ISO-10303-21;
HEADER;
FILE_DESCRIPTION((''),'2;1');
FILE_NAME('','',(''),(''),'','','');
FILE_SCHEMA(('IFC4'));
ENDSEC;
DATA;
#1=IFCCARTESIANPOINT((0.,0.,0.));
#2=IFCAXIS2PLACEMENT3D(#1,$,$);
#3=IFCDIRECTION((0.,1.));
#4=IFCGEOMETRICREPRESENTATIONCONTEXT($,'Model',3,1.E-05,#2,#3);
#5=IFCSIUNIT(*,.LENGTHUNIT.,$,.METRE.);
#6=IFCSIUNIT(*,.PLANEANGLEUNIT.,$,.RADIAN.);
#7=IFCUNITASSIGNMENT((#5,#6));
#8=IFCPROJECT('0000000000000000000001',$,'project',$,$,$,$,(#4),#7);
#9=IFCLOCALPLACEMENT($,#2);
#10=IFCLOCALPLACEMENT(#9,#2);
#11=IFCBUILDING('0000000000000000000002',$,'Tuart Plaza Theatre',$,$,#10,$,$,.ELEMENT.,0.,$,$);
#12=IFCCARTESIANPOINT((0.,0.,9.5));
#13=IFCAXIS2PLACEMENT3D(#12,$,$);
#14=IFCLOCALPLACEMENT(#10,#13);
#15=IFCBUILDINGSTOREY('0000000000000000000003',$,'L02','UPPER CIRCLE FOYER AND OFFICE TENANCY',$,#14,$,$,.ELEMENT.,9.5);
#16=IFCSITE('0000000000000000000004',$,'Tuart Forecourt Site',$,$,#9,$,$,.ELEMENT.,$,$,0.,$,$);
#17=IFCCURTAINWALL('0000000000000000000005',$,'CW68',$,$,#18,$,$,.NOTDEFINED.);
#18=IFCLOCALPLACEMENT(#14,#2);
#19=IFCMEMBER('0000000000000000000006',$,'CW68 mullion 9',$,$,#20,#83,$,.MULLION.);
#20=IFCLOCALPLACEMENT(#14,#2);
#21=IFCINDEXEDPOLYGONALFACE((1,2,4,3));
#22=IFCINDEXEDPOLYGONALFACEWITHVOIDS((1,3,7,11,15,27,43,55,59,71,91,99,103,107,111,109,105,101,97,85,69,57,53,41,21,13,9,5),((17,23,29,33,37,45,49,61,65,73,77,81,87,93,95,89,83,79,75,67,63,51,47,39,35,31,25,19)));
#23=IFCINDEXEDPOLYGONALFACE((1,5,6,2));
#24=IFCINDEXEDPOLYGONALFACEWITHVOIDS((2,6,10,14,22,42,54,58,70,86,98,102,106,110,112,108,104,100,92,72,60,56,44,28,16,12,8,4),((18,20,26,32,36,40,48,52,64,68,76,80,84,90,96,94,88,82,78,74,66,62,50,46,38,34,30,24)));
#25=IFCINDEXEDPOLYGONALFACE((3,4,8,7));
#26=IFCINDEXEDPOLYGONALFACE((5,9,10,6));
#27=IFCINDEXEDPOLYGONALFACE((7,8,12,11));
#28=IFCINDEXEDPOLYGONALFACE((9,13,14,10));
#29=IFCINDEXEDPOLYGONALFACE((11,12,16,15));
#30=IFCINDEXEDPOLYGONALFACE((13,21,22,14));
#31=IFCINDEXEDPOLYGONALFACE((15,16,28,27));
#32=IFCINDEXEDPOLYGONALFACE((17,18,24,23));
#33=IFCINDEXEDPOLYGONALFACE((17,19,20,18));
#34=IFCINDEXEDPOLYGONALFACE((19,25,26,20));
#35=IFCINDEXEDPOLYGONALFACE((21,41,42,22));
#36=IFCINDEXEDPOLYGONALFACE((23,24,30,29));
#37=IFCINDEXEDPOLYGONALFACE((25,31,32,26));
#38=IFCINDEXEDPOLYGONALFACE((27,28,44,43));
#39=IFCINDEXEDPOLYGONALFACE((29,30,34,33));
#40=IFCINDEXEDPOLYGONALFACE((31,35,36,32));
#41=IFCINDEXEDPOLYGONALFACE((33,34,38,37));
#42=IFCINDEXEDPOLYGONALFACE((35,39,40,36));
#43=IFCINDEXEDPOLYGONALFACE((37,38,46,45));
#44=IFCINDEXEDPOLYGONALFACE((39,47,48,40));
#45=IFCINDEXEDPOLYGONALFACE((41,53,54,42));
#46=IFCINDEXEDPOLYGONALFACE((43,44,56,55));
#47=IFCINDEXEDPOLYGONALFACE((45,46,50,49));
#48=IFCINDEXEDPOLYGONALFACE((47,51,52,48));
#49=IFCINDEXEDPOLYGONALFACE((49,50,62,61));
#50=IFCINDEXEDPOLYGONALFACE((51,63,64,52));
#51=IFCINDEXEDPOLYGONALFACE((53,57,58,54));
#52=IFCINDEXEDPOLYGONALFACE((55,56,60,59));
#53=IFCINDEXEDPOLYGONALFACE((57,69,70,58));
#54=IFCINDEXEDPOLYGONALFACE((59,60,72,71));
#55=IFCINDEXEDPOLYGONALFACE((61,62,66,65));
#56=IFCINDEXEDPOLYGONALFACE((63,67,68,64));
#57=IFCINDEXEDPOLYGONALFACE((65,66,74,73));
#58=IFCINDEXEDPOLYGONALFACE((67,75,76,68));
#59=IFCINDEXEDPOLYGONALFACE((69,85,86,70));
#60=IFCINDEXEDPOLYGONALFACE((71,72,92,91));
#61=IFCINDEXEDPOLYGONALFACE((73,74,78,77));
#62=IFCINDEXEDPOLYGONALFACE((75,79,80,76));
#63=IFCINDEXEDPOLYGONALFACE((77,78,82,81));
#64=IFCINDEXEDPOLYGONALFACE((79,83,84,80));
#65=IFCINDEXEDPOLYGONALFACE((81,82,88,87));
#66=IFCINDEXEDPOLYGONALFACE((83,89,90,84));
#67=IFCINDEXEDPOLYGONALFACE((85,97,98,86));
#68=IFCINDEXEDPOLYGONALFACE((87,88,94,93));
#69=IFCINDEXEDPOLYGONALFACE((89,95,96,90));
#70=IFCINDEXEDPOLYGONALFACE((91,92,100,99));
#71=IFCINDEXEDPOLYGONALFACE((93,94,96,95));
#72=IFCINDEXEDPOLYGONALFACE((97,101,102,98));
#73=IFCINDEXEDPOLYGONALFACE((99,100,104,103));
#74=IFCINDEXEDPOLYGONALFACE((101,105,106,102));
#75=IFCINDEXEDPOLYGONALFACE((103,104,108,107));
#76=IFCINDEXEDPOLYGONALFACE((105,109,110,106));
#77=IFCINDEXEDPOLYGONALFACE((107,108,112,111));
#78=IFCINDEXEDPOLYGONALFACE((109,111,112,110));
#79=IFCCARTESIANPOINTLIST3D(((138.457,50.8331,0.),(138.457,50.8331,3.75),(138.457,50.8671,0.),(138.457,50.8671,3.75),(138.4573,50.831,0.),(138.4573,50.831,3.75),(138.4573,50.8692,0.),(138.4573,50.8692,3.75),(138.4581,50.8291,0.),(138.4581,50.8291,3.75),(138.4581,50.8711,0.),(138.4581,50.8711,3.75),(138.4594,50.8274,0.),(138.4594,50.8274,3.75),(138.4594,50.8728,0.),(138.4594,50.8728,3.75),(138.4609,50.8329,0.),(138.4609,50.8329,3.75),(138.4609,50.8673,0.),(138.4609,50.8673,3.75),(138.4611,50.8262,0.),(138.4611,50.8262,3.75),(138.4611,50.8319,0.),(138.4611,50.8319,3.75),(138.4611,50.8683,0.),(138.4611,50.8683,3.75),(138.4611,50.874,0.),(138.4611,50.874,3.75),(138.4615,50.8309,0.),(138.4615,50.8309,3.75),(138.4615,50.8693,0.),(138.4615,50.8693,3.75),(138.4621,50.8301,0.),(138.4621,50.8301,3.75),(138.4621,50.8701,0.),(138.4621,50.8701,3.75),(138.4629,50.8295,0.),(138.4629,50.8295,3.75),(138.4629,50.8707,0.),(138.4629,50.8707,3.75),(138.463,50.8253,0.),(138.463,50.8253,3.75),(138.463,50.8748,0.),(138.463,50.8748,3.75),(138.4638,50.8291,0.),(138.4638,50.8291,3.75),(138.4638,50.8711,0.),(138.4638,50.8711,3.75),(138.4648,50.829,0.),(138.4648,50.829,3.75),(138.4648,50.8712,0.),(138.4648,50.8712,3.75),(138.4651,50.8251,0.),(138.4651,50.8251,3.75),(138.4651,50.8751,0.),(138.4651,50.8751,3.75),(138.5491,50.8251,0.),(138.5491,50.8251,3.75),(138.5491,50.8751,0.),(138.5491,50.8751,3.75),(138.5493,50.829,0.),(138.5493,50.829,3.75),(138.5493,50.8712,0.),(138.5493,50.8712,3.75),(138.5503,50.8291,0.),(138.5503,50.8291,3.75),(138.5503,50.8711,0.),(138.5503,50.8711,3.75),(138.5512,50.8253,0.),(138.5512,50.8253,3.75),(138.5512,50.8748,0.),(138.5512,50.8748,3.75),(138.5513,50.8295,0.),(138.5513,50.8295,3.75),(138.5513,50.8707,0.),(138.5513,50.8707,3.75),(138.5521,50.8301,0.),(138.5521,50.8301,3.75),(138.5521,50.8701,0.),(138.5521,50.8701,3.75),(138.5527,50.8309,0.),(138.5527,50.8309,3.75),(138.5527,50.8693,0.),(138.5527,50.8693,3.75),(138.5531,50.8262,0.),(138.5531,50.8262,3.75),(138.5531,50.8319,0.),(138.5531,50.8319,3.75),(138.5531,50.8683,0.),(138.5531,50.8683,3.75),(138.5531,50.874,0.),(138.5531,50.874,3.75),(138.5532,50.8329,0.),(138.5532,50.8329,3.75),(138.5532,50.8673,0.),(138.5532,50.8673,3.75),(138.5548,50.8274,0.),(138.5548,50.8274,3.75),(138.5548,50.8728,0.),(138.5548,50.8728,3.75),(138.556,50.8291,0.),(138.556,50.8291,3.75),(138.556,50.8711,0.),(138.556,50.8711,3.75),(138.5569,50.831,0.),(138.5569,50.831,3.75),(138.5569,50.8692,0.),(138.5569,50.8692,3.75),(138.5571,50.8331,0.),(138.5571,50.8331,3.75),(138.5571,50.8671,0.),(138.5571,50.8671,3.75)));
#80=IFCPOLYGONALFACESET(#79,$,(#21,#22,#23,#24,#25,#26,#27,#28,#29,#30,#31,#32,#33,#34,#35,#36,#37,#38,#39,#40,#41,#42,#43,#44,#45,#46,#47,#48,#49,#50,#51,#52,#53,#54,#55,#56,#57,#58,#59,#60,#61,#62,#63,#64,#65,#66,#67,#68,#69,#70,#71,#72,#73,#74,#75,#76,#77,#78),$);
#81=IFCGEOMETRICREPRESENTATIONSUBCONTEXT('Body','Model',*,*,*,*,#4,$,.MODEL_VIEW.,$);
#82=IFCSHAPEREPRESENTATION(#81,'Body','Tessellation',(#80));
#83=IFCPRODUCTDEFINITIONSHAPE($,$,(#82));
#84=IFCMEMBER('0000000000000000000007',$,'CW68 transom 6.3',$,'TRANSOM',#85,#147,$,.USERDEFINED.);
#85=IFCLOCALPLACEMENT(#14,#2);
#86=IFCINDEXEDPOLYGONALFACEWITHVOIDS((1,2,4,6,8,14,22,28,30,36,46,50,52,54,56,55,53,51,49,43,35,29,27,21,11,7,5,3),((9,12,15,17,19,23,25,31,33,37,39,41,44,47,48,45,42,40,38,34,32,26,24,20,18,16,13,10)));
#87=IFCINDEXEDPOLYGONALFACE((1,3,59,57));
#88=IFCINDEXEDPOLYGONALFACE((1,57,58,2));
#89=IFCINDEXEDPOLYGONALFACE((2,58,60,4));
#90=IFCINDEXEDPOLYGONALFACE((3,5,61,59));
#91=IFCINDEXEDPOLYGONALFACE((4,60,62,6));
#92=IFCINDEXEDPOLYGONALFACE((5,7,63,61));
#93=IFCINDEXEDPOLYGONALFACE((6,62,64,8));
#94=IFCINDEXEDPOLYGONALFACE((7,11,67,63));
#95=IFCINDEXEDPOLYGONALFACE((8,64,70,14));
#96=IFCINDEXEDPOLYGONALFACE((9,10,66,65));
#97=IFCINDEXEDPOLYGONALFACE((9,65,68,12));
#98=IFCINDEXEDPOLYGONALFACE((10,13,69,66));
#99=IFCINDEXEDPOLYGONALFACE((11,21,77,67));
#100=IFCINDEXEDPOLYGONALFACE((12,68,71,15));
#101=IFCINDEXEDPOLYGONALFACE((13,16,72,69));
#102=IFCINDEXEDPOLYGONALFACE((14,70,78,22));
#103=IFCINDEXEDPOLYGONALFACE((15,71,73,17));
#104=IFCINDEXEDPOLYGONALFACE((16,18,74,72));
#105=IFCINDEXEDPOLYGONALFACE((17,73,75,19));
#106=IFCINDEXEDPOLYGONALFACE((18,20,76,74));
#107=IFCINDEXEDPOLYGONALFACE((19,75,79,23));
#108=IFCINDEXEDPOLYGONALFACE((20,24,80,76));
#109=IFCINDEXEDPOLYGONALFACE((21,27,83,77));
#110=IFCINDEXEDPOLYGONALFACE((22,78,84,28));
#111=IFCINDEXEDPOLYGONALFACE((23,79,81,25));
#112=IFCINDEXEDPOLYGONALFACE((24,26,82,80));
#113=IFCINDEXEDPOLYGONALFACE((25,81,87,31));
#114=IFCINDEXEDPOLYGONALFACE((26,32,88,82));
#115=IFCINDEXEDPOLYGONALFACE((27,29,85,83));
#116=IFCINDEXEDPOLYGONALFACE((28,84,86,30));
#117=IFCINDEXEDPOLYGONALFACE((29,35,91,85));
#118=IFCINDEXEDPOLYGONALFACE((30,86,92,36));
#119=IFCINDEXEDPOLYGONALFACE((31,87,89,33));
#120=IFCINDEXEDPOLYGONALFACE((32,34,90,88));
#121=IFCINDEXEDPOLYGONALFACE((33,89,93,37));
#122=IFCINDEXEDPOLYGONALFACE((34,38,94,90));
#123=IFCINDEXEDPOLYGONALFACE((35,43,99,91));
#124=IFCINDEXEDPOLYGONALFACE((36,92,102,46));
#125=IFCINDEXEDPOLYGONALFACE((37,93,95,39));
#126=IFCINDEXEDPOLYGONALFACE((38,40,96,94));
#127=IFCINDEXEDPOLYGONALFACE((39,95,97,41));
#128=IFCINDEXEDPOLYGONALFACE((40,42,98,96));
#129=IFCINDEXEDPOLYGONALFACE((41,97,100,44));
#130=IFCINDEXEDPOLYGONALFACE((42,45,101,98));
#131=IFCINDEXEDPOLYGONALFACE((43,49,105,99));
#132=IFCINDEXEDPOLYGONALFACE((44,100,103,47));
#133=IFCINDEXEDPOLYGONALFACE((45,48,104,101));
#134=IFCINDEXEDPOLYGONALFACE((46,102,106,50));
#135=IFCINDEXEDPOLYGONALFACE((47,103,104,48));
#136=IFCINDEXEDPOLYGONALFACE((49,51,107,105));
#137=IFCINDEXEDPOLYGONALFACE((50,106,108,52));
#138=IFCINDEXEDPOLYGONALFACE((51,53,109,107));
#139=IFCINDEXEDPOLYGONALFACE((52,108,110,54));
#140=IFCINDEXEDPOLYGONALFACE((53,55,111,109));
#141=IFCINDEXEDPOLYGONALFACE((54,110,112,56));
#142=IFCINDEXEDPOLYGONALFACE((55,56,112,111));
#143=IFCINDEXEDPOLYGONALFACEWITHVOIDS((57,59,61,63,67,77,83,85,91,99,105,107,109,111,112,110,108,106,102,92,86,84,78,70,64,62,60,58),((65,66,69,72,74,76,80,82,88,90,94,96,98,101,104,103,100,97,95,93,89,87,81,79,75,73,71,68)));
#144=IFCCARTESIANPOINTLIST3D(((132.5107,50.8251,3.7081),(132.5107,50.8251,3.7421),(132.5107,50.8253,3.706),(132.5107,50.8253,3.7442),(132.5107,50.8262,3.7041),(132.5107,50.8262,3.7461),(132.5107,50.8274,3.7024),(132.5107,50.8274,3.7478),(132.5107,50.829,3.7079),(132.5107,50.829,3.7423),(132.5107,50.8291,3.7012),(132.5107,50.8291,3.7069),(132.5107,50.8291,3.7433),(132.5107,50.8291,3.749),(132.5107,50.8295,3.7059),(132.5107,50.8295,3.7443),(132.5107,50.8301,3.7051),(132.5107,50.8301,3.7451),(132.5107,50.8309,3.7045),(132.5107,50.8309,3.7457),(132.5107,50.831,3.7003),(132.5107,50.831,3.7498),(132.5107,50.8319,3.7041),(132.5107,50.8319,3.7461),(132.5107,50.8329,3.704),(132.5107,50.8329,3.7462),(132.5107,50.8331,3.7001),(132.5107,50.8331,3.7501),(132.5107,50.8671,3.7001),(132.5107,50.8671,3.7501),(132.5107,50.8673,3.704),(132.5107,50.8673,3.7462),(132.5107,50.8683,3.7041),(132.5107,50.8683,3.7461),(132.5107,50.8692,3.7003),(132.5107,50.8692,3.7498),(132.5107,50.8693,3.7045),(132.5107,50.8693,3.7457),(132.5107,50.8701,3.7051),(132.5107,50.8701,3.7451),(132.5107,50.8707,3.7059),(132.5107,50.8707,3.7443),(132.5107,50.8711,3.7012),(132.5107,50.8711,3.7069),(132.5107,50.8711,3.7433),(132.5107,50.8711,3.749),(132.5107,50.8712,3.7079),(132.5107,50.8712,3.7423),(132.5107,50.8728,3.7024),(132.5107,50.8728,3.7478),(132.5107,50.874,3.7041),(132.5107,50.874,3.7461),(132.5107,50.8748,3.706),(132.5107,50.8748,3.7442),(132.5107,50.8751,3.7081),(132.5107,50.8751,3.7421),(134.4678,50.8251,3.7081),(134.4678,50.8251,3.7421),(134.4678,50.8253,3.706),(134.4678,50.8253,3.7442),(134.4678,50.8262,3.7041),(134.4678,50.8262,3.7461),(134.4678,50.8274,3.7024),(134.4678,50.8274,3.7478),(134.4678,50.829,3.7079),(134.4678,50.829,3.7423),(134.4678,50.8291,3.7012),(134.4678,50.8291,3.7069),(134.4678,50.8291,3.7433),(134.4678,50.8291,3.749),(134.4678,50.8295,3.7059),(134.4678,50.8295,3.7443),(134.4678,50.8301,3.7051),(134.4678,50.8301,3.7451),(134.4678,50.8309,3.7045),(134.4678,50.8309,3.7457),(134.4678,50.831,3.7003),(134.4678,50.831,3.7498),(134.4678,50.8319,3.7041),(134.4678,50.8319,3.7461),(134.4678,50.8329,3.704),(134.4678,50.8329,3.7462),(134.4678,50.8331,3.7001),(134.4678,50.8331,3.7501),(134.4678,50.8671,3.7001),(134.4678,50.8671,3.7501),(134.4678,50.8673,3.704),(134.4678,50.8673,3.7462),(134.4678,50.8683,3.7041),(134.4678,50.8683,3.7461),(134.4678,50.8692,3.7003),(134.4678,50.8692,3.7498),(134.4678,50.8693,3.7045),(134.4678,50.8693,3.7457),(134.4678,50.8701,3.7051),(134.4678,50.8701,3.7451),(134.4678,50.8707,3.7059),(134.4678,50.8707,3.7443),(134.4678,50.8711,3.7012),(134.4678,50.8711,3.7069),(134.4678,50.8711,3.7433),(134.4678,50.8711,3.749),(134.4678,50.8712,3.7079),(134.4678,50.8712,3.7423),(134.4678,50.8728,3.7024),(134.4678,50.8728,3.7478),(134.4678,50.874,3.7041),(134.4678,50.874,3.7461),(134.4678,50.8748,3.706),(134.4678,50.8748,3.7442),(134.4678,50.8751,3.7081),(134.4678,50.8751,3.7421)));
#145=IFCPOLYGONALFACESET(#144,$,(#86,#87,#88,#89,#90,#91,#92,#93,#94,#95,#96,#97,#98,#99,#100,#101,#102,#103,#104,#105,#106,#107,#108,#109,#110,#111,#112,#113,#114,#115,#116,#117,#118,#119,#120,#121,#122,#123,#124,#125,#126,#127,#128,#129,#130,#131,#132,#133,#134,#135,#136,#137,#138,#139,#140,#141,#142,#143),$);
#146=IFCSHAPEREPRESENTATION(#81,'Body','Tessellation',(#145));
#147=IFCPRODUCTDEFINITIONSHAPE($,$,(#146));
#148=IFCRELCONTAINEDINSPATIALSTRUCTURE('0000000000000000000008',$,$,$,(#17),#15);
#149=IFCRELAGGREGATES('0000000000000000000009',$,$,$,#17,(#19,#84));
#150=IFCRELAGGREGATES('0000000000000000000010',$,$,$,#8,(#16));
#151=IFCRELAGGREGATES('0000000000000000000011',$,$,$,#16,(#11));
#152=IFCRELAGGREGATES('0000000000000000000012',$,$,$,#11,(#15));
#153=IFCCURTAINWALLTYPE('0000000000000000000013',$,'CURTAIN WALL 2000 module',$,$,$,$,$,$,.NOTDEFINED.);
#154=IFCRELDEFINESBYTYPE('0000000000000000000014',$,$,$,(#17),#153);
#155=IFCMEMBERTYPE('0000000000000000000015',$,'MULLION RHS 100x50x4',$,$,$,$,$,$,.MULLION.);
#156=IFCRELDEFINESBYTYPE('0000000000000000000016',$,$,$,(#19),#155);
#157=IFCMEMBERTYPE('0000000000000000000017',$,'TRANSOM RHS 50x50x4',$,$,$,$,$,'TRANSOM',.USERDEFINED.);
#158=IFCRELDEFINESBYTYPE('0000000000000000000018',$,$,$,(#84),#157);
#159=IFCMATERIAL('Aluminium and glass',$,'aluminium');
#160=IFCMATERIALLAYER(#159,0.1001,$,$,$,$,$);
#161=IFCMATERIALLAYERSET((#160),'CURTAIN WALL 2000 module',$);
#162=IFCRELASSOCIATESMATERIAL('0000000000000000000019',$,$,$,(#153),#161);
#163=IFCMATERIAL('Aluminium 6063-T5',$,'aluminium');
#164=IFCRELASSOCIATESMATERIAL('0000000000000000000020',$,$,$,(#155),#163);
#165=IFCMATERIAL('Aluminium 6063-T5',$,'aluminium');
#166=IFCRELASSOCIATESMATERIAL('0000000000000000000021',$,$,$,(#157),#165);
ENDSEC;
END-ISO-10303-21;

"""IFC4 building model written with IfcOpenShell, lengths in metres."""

from ifc_helpers import new_model, si_unit, direction, frame, origin, origin_2d, place, context, subcontext, project, spatial, hollow_rectangle, extrude, material, layer, layer_set, material_profile, profile_set, type_object, element, aggregate, save


model = new_model("IFC4")

# Units and contexts
model_context = context("Model", 3, precision=1e-05, world=origin(), true_north=direction((0.0, 1.0)))
body_context = subcontext(model_context, "Body", "Model", "MODEL_VIEW")
ifc_project = project(units=[si_unit("LENGTHUNIT", "METRE"), si_unit("PLANEANGLEUNIT", "RADIAN")], contexts=[model_context])

# Site, building, storey
site_placement = place(None, origin())
site = spatial("IfcSite", under=ifc_project, at=site_placement, Name="Tuart Forecourt Site", CompositionType="ELEMENT", RefElevation=0.0)
building_placement = place(site_placement, origin())
building = spatial("IfcBuilding", under=site, at=building_placement, Name="Tuart Plaza Theatre", CompositionType="ELEMENT", ElevationOfRefHeight=0.0)
storey_placement = place(building_placement, frame((0.0, 0.0, 9.5)))
storey = spatial("IfcBuildingStorey", under=building, at=storey_placement, Name="L02", Description="UPPER CIRCLE FOYER AND OFFICE TENANCY", CompositionType="ELEMENT", Elevation=9.5)

# Curtain wall, members
ifc_material_1 = material(Name="Aluminium and glass", Category="aluminium")
ifc_layer_1 = layer(ifc_material_1, 0.1001)
ifc_layer_set_1 = layer_set([ifc_layer_1], Name="CURTAIN WALL 2000 module")
curtain_wall_type = type_object("IfcCurtainWallType", Name="CURTAIN WALL 2000 module", PredefinedType="NOTDEFINED", material=ifc_layer_set_1)
curtain_wall_placement = place(storey_placement, origin())
curtain_wall = element("IfcCurtainWall", 1, at=curtain_wall_placement, inside=storey, type_object=curtain_wall_type, Name="CW68", PredefinedType="NOTDEFINED")
ifc_material_2 = material(Name="Aluminium 6063-T5", Category="aluminium")
ifc_material_profile_1 = material_profile(ifc_material_2, hollow_rectangle(XDim=0.05, YDim=0.1001, WallThickness=0.0039, InnerFilletRadius=0.0039, OuterFilletRadius=0.0081, at=origin_2d()), Name="RHS 100x50x4")
ifc_profile_set_1 = profile_set([ifc_material_profile_1], Name="Aluminium 6063-T5")
member_type_1 = type_object("IfcMemberType", Name="MULLION RHS 100x50x4", PredefinedType="MULLION", material=ifc_profile_set_1)
member_1_placement = place(storey_placement, frame((138.5071, 50.8501, 0.0), z_axis=(0.0, 0.0, 1.0), x_axis=(0.0, 1.0, 0.0)))
member_1 = element("IfcMember", 2, at=member_1_placement, type_object=member_type_1, Name="CW68 mullion 9", PredefinedType="MULLION", context=body_context, shape_type="SweptSolid", body=[
    extrude(hollow_rectangle(XDim=0.05, YDim=0.1001, WallThickness=0.0039, InnerFilletRadius=0.0039, OuterFilletRadius=0.0081, at=origin_2d()), origin(), (0.0, 0.0, 1.0), 3.75),
])
ifc_material_3 = material(Name="Aluminium 6063-T5", Category="aluminium")
ifc_material_profile_2 = material_profile(ifc_material_3, hollow_rectangle(XDim=0.05, YDim=0.05, WallThickness=0.0039, InnerFilletRadius=0.0039, OuterFilletRadius=0.0081, at=origin_2d()), Name="RHS 50x50x4")
ifc_profile_set_2 = profile_set([ifc_material_profile_2], Name="Aluminium 6063-T5")
member_type_2 = type_object("IfcMemberType", Name="TRANSOM RHS 50x50x4", ElementType="TRANSOM", PredefinedType="USERDEFINED", material=ifc_profile_set_2)
member_2_placement = place(storey_placement, frame((132.5107, 50.8501, 3.7251), z_axis=(1.0, 0.0, 0.0), x_axis=(0.0, 1.0, 0.0)))
member_2 = element("IfcMember", 3, at=member_2_placement, type_object=member_type_2, Name="CW68 transom 6.3", ObjectType="TRANSOM", PredefinedType="USERDEFINED", context=body_context, shape_type="SweptSolid", body=[
    extrude(hollow_rectangle(XDim=0.05, YDim=0.05, WallThickness=0.0039, InnerFilletRadius=0.0039, OuterFilletRadius=0.0081, at=origin_2d()), origin(), (0.0, 0.0, 1.0), 1.957),
])
aggregate(curtain_wall, [member_1, member_2])

save(model, "model.ifc")
